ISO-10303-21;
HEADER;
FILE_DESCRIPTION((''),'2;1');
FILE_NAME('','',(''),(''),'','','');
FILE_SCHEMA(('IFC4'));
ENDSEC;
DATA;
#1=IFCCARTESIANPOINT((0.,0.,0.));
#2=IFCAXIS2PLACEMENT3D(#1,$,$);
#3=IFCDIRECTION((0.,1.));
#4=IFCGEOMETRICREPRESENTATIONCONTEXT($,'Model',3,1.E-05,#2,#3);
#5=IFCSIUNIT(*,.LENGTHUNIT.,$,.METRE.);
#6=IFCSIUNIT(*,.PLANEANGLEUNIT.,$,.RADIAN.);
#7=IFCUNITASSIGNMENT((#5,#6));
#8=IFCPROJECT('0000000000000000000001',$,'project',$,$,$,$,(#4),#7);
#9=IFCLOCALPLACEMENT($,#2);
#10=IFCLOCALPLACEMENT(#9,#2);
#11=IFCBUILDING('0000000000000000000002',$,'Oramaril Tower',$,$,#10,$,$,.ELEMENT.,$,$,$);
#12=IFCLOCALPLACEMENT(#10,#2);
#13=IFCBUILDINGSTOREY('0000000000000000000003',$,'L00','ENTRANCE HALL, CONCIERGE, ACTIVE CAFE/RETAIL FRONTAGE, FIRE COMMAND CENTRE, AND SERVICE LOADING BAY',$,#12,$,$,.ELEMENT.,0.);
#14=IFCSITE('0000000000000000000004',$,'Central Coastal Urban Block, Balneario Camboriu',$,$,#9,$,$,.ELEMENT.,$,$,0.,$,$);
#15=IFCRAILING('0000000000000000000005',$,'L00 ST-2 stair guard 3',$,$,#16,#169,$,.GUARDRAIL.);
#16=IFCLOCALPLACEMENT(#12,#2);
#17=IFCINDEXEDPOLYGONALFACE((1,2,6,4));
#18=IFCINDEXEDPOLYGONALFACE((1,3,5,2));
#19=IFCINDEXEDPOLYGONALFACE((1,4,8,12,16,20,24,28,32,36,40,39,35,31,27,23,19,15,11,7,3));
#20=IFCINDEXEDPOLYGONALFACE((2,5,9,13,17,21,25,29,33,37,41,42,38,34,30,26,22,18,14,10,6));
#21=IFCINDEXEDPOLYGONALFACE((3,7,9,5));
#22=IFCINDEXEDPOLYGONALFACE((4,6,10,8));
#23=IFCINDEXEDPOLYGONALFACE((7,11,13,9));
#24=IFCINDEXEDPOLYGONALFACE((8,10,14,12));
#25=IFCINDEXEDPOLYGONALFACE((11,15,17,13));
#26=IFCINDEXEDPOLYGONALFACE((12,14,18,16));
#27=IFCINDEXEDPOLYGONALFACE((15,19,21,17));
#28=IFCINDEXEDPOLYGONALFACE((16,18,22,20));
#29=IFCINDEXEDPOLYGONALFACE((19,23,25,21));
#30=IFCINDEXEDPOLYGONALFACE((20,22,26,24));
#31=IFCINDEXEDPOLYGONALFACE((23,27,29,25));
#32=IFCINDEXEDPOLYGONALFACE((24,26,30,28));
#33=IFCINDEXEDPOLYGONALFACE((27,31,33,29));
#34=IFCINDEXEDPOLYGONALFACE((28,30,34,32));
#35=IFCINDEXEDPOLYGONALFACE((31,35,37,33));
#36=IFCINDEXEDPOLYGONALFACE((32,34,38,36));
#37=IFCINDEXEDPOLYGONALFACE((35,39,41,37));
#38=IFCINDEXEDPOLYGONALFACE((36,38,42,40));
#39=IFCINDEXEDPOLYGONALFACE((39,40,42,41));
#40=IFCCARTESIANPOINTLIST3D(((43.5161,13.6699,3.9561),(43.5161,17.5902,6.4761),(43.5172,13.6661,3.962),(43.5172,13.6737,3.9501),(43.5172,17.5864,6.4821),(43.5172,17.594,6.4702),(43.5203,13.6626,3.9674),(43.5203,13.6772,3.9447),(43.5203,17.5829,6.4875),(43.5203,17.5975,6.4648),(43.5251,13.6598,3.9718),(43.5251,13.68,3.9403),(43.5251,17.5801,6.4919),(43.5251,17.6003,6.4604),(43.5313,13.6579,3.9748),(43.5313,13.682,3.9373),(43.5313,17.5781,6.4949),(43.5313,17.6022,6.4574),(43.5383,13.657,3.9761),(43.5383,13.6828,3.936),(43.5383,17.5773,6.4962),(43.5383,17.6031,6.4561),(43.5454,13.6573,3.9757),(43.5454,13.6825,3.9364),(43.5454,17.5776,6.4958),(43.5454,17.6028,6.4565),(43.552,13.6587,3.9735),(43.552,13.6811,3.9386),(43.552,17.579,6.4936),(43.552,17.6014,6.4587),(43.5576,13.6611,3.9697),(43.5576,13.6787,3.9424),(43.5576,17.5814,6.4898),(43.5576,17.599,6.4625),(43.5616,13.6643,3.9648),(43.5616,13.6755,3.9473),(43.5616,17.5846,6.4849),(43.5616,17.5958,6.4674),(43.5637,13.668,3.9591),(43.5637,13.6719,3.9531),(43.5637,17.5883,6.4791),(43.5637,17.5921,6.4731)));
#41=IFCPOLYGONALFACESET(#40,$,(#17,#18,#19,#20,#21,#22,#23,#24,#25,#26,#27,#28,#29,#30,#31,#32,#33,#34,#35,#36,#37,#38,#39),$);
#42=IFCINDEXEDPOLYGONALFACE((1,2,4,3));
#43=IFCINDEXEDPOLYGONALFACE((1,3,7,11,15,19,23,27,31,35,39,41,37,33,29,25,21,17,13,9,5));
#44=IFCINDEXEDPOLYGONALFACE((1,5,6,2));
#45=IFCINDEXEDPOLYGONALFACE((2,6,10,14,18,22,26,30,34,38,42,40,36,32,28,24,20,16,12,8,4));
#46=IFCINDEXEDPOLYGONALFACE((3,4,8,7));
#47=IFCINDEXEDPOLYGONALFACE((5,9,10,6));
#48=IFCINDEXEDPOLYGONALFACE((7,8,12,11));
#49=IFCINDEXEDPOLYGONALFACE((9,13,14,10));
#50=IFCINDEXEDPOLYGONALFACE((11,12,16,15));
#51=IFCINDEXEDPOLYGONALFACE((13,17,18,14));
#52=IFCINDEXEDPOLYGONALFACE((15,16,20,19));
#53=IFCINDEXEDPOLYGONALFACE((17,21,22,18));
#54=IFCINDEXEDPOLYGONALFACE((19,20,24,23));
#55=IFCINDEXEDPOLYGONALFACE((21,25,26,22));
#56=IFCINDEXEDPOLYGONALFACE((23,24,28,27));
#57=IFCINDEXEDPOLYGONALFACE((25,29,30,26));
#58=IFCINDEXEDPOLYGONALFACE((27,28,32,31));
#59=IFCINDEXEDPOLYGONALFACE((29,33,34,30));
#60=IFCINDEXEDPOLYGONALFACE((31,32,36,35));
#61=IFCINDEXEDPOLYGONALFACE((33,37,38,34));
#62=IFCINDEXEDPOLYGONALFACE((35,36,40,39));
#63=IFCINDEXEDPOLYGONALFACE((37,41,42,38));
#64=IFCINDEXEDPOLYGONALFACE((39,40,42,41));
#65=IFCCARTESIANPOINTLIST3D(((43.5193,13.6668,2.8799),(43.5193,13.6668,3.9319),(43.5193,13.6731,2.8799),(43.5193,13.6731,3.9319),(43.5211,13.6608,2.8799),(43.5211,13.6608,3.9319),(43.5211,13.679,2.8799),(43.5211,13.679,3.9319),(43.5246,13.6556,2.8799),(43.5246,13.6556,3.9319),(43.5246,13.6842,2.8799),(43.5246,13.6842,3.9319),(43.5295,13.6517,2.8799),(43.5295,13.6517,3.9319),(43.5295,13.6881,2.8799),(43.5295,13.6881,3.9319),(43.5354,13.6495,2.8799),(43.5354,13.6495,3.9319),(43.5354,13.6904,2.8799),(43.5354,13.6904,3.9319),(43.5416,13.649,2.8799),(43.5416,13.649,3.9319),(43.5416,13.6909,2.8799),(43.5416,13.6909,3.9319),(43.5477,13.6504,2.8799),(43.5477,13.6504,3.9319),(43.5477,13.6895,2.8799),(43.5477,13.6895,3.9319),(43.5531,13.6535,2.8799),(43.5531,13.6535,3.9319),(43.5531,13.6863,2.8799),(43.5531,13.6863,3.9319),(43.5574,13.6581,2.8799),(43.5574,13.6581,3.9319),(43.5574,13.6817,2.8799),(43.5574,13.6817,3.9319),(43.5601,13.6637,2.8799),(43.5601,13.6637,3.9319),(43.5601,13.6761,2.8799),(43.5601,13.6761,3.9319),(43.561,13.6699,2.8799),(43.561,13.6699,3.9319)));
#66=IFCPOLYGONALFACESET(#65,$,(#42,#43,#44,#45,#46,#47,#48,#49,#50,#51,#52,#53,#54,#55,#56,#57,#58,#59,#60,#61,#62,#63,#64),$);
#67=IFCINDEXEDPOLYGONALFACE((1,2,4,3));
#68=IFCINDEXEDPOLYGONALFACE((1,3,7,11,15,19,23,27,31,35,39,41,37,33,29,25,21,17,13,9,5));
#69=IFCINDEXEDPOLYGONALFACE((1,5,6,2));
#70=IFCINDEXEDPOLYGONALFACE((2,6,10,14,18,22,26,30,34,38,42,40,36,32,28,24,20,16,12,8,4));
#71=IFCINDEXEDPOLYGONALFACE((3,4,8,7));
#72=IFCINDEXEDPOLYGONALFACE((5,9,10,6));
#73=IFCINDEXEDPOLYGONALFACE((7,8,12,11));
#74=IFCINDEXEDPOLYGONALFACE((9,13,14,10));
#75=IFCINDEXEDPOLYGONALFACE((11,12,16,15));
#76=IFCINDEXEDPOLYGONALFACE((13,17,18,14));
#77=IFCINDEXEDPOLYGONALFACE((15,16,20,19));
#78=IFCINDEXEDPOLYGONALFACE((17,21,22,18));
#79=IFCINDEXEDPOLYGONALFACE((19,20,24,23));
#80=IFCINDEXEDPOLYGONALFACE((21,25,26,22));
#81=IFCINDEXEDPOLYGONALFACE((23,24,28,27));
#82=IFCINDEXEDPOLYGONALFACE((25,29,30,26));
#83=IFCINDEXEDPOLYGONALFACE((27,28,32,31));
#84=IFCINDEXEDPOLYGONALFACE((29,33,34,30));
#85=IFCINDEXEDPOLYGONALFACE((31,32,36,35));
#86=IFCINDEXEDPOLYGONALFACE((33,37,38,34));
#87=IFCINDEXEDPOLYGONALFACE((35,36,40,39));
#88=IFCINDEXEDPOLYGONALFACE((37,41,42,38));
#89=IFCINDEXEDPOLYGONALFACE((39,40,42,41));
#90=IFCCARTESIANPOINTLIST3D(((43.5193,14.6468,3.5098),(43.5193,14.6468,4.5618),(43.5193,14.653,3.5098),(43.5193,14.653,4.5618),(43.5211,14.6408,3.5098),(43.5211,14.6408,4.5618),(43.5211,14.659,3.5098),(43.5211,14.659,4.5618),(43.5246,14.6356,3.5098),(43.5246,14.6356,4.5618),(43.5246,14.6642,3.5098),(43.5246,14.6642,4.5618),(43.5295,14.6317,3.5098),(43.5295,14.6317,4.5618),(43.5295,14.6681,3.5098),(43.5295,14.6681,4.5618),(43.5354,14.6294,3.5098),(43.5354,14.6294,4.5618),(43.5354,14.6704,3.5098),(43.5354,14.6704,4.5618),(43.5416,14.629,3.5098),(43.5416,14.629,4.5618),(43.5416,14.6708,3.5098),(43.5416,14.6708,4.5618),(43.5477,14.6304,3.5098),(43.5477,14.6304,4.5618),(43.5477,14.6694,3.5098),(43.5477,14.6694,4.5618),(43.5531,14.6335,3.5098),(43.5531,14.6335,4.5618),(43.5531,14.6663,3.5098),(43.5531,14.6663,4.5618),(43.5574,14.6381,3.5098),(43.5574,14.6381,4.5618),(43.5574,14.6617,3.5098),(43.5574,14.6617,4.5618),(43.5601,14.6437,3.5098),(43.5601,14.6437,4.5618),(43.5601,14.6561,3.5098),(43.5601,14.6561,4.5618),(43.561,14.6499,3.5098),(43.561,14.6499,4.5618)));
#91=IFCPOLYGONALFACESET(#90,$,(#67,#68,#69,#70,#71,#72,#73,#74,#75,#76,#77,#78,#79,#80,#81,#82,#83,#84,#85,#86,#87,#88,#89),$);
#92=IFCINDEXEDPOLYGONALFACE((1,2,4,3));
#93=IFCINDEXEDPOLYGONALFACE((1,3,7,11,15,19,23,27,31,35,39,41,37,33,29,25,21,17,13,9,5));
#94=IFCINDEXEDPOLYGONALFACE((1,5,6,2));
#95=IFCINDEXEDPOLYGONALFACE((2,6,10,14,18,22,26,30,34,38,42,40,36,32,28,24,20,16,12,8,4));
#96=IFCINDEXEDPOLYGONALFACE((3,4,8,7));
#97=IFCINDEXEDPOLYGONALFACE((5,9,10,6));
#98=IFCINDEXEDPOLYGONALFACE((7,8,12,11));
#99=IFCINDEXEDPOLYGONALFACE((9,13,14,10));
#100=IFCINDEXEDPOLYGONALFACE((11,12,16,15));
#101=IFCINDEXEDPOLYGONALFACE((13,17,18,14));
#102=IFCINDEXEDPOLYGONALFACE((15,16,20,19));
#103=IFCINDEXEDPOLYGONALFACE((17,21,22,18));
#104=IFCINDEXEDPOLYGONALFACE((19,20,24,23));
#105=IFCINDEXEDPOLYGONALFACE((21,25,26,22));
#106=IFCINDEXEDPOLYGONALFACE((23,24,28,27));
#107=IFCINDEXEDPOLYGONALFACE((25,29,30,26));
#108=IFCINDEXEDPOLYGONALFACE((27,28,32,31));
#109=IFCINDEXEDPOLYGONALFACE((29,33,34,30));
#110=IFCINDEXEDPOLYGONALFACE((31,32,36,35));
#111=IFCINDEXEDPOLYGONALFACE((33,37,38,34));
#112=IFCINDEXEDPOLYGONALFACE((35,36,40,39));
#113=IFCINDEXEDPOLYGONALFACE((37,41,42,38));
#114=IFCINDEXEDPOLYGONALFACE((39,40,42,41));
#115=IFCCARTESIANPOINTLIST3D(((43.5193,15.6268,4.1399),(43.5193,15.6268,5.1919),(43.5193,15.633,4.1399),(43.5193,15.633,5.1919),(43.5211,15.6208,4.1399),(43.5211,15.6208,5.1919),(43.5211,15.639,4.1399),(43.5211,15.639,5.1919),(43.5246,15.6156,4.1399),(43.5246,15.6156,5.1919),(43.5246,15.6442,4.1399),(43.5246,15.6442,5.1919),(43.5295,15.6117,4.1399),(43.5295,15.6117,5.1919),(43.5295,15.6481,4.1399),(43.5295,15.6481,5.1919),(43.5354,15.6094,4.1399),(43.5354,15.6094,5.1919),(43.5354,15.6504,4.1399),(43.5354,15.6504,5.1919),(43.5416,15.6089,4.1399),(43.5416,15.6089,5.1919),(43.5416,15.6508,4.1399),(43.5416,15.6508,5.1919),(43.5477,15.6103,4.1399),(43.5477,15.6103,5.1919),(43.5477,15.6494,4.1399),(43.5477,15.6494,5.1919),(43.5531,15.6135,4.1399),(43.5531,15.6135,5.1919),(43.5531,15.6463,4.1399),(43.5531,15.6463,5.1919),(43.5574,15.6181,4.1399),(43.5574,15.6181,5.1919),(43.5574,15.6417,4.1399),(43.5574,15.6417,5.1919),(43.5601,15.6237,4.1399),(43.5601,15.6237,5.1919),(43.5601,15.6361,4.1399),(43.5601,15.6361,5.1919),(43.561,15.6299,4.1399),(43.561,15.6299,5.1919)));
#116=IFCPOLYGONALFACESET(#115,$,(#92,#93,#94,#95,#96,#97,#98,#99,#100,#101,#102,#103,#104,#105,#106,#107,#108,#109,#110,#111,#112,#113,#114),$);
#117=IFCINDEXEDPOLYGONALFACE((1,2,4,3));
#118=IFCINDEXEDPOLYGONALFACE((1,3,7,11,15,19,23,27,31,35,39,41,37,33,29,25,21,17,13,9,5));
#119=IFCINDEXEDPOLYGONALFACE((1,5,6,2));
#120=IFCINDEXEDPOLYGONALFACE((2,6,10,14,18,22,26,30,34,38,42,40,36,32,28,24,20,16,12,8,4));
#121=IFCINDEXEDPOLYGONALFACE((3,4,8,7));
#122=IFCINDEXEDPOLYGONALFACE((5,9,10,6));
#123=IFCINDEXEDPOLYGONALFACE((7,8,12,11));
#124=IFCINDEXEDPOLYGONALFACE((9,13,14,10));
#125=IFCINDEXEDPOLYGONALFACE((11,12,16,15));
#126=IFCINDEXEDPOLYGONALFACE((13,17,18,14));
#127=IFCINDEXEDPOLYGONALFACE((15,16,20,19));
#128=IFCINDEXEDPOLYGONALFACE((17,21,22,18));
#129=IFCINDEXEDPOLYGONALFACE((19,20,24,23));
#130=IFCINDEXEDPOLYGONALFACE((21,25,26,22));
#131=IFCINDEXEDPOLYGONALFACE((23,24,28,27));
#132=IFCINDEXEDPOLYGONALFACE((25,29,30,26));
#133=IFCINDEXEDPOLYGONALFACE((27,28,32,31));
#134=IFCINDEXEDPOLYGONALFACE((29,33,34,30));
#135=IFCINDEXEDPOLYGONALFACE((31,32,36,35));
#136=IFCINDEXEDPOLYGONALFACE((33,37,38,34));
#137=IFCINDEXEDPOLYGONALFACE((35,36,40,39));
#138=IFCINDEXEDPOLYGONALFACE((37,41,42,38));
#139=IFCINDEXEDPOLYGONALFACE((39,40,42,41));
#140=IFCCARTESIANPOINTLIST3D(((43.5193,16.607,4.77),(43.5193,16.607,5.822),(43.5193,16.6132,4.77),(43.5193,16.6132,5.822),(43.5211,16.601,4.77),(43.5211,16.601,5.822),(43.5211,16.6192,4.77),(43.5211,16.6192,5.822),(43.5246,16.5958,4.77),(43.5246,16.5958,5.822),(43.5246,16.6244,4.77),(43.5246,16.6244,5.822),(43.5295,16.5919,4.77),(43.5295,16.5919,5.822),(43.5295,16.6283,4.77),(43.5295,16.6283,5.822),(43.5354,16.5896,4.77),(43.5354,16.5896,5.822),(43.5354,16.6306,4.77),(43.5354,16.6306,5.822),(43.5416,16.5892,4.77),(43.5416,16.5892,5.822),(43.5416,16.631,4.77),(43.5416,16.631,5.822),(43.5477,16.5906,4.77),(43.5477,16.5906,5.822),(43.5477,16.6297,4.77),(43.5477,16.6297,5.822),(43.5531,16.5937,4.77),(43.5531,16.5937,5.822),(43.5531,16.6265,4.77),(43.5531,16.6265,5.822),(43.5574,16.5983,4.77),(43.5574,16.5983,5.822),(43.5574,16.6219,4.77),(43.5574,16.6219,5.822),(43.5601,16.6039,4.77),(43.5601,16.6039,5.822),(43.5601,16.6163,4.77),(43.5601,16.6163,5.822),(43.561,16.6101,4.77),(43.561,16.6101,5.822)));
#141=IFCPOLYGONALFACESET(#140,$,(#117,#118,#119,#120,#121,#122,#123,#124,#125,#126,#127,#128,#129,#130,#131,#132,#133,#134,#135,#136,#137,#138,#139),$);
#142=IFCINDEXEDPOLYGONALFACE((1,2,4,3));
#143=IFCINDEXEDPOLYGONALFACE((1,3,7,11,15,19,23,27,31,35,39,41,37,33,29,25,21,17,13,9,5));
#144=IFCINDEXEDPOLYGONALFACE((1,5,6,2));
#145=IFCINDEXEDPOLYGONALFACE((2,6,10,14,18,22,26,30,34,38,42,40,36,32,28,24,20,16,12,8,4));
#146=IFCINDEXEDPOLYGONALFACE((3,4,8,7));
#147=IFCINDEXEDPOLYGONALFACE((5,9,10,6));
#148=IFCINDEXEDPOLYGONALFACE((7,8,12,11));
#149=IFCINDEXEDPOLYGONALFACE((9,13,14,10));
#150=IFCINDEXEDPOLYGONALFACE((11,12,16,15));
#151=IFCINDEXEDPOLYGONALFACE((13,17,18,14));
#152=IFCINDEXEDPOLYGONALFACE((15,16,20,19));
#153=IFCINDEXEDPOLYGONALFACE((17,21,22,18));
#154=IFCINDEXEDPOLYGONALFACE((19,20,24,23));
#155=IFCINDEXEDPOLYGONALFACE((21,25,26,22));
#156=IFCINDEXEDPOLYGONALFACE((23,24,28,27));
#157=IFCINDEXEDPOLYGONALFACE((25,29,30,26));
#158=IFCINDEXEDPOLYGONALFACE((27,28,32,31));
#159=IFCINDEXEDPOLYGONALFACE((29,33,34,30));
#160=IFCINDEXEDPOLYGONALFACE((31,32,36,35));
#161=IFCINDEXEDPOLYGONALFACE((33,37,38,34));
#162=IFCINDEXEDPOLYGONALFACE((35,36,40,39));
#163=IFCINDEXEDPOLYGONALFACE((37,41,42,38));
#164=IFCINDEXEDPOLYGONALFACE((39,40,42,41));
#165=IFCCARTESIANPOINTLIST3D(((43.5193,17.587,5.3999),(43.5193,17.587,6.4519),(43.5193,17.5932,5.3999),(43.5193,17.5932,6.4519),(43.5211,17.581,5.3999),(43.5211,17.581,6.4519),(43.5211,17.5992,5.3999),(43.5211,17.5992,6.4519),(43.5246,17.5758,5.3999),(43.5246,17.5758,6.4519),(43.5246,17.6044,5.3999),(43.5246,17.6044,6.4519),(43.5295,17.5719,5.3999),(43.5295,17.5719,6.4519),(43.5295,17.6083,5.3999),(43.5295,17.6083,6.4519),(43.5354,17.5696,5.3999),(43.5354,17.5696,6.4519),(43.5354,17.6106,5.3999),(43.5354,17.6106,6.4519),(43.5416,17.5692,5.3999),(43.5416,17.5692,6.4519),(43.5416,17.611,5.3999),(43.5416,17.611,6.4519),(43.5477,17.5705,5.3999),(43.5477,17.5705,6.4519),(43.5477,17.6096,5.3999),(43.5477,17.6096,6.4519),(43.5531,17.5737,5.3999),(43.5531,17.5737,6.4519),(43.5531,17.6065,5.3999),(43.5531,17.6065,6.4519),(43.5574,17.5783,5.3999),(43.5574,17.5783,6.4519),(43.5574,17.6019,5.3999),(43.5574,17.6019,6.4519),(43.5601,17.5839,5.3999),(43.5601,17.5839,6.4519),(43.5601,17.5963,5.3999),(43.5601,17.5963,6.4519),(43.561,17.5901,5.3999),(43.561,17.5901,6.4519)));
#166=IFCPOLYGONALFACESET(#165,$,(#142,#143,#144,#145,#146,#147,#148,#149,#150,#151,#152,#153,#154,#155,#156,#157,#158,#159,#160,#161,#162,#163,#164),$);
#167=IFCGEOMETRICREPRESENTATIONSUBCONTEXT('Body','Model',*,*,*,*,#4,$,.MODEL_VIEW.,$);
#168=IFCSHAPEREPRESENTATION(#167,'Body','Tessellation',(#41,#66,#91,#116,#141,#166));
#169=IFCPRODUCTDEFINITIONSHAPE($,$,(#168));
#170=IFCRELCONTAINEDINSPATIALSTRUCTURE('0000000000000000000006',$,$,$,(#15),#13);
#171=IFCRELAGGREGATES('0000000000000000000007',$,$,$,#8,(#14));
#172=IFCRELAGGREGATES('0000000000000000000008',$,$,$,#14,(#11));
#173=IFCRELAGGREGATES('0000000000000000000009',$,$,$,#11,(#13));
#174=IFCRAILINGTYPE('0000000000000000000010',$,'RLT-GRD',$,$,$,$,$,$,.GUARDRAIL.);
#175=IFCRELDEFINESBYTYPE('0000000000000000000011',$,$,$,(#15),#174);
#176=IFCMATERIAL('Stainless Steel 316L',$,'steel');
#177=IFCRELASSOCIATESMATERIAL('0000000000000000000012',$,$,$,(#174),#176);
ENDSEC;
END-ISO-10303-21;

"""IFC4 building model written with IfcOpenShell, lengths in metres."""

from ifc_helpers import new_model, si_unit, direction, frame, origin, origin_2d, place, context, subcontext, project, spatial, circle, extrude, material, type_object, element, save


model = new_model("IFC4")

# Units and contexts
model_context = context("Model", 3, precision=1e-05, world=origin(), true_north=direction((0.0, 1.0)))
body_context = subcontext(model_context, "Body", "Model", "MODEL_VIEW")
ifc_project = project(units=[si_unit("LENGTHUNIT", "METRE"), si_unit("PLANEANGLEUNIT", "RADIAN")], contexts=[model_context])

# Site, building, storey
site_placement = place(None, origin())
site = spatial("IfcSite", under=ifc_project, at=site_placement, Name="Central Coastal Urban Block, Balneario Camboriu", CompositionType="ELEMENT", RefElevation=0.0)
building_placement = place(site_placement, origin())
building = spatial("IfcBuilding", under=site, at=building_placement, Name="Oramaril Tower", CompositionType="ELEMENT")
storey_placement = place(building_placement, origin())
storey = spatial("IfcBuildingStorey", under=building, at=storey_placement, Name="L00", Description="ENTRANCE HALL, CONCIERGE, ACTIVE CAFE/RETAIL FRONTAGE, FIRE COMMAND CENTRE, AND SERVICE LOADING BAY", CompositionType="ELEMENT", Elevation=0.0)

# Railing
ifc_material_1 = material(Name="Stainless Steel 316L", Category="steel")
railing_type_1 = type_object("IfcRailingType", Name="RLT-GRD", PredefinedType="GUARDRAIL", material=ifc_material_1)
railing_1_placement = place(storey_placement, frame((43.54, 13.6699, 2.8799)))
element("IfcRailing", 1, at=railing_1_placement, inside=storey, type_object=railing_type_1, Name="L00 ST-2 stair guard 3", PredefinedType="GUARDRAIL", context=body_context, shape_type="SweptSolid", body=[
    extrude(circle(Radius=0.0239, at=origin_2d()), frame((0.0, 0.0, 1.0762), z_axis=(0.0, 0.841187, 0.540744), x_axis=(-1.0, 0.0, 0.0)), (0.0, 0.0, 1.0), 4.6604),
    extrude(circle(Radius=0.021, at=origin_2d()), origin(), (0.0, 0.0, 1.0), 1.052),
    extrude(circle(Radius=0.021, at=origin_2d()), frame((0.0, 0.98, 0.6299)), (0.0, 0.0, 1.0), 1.052),
    extrude(circle(Radius=0.021, at=origin_2d()), frame((0.0, 1.96, 1.26)), (0.0, 0.0, 1.0), 1.052),
    extrude(circle(Radius=0.021, at=origin_2d()), frame((0.0, 2.9402, 1.8901)), (0.0, 0.0, 1.0), 1.052),
    extrude(circle(Radius=0.021, at=origin_2d()), frame((0.0, 3.9202, 2.52)), (0.0, 0.0, 1.0), 1.052),
])

save(model, "model.ifc")
